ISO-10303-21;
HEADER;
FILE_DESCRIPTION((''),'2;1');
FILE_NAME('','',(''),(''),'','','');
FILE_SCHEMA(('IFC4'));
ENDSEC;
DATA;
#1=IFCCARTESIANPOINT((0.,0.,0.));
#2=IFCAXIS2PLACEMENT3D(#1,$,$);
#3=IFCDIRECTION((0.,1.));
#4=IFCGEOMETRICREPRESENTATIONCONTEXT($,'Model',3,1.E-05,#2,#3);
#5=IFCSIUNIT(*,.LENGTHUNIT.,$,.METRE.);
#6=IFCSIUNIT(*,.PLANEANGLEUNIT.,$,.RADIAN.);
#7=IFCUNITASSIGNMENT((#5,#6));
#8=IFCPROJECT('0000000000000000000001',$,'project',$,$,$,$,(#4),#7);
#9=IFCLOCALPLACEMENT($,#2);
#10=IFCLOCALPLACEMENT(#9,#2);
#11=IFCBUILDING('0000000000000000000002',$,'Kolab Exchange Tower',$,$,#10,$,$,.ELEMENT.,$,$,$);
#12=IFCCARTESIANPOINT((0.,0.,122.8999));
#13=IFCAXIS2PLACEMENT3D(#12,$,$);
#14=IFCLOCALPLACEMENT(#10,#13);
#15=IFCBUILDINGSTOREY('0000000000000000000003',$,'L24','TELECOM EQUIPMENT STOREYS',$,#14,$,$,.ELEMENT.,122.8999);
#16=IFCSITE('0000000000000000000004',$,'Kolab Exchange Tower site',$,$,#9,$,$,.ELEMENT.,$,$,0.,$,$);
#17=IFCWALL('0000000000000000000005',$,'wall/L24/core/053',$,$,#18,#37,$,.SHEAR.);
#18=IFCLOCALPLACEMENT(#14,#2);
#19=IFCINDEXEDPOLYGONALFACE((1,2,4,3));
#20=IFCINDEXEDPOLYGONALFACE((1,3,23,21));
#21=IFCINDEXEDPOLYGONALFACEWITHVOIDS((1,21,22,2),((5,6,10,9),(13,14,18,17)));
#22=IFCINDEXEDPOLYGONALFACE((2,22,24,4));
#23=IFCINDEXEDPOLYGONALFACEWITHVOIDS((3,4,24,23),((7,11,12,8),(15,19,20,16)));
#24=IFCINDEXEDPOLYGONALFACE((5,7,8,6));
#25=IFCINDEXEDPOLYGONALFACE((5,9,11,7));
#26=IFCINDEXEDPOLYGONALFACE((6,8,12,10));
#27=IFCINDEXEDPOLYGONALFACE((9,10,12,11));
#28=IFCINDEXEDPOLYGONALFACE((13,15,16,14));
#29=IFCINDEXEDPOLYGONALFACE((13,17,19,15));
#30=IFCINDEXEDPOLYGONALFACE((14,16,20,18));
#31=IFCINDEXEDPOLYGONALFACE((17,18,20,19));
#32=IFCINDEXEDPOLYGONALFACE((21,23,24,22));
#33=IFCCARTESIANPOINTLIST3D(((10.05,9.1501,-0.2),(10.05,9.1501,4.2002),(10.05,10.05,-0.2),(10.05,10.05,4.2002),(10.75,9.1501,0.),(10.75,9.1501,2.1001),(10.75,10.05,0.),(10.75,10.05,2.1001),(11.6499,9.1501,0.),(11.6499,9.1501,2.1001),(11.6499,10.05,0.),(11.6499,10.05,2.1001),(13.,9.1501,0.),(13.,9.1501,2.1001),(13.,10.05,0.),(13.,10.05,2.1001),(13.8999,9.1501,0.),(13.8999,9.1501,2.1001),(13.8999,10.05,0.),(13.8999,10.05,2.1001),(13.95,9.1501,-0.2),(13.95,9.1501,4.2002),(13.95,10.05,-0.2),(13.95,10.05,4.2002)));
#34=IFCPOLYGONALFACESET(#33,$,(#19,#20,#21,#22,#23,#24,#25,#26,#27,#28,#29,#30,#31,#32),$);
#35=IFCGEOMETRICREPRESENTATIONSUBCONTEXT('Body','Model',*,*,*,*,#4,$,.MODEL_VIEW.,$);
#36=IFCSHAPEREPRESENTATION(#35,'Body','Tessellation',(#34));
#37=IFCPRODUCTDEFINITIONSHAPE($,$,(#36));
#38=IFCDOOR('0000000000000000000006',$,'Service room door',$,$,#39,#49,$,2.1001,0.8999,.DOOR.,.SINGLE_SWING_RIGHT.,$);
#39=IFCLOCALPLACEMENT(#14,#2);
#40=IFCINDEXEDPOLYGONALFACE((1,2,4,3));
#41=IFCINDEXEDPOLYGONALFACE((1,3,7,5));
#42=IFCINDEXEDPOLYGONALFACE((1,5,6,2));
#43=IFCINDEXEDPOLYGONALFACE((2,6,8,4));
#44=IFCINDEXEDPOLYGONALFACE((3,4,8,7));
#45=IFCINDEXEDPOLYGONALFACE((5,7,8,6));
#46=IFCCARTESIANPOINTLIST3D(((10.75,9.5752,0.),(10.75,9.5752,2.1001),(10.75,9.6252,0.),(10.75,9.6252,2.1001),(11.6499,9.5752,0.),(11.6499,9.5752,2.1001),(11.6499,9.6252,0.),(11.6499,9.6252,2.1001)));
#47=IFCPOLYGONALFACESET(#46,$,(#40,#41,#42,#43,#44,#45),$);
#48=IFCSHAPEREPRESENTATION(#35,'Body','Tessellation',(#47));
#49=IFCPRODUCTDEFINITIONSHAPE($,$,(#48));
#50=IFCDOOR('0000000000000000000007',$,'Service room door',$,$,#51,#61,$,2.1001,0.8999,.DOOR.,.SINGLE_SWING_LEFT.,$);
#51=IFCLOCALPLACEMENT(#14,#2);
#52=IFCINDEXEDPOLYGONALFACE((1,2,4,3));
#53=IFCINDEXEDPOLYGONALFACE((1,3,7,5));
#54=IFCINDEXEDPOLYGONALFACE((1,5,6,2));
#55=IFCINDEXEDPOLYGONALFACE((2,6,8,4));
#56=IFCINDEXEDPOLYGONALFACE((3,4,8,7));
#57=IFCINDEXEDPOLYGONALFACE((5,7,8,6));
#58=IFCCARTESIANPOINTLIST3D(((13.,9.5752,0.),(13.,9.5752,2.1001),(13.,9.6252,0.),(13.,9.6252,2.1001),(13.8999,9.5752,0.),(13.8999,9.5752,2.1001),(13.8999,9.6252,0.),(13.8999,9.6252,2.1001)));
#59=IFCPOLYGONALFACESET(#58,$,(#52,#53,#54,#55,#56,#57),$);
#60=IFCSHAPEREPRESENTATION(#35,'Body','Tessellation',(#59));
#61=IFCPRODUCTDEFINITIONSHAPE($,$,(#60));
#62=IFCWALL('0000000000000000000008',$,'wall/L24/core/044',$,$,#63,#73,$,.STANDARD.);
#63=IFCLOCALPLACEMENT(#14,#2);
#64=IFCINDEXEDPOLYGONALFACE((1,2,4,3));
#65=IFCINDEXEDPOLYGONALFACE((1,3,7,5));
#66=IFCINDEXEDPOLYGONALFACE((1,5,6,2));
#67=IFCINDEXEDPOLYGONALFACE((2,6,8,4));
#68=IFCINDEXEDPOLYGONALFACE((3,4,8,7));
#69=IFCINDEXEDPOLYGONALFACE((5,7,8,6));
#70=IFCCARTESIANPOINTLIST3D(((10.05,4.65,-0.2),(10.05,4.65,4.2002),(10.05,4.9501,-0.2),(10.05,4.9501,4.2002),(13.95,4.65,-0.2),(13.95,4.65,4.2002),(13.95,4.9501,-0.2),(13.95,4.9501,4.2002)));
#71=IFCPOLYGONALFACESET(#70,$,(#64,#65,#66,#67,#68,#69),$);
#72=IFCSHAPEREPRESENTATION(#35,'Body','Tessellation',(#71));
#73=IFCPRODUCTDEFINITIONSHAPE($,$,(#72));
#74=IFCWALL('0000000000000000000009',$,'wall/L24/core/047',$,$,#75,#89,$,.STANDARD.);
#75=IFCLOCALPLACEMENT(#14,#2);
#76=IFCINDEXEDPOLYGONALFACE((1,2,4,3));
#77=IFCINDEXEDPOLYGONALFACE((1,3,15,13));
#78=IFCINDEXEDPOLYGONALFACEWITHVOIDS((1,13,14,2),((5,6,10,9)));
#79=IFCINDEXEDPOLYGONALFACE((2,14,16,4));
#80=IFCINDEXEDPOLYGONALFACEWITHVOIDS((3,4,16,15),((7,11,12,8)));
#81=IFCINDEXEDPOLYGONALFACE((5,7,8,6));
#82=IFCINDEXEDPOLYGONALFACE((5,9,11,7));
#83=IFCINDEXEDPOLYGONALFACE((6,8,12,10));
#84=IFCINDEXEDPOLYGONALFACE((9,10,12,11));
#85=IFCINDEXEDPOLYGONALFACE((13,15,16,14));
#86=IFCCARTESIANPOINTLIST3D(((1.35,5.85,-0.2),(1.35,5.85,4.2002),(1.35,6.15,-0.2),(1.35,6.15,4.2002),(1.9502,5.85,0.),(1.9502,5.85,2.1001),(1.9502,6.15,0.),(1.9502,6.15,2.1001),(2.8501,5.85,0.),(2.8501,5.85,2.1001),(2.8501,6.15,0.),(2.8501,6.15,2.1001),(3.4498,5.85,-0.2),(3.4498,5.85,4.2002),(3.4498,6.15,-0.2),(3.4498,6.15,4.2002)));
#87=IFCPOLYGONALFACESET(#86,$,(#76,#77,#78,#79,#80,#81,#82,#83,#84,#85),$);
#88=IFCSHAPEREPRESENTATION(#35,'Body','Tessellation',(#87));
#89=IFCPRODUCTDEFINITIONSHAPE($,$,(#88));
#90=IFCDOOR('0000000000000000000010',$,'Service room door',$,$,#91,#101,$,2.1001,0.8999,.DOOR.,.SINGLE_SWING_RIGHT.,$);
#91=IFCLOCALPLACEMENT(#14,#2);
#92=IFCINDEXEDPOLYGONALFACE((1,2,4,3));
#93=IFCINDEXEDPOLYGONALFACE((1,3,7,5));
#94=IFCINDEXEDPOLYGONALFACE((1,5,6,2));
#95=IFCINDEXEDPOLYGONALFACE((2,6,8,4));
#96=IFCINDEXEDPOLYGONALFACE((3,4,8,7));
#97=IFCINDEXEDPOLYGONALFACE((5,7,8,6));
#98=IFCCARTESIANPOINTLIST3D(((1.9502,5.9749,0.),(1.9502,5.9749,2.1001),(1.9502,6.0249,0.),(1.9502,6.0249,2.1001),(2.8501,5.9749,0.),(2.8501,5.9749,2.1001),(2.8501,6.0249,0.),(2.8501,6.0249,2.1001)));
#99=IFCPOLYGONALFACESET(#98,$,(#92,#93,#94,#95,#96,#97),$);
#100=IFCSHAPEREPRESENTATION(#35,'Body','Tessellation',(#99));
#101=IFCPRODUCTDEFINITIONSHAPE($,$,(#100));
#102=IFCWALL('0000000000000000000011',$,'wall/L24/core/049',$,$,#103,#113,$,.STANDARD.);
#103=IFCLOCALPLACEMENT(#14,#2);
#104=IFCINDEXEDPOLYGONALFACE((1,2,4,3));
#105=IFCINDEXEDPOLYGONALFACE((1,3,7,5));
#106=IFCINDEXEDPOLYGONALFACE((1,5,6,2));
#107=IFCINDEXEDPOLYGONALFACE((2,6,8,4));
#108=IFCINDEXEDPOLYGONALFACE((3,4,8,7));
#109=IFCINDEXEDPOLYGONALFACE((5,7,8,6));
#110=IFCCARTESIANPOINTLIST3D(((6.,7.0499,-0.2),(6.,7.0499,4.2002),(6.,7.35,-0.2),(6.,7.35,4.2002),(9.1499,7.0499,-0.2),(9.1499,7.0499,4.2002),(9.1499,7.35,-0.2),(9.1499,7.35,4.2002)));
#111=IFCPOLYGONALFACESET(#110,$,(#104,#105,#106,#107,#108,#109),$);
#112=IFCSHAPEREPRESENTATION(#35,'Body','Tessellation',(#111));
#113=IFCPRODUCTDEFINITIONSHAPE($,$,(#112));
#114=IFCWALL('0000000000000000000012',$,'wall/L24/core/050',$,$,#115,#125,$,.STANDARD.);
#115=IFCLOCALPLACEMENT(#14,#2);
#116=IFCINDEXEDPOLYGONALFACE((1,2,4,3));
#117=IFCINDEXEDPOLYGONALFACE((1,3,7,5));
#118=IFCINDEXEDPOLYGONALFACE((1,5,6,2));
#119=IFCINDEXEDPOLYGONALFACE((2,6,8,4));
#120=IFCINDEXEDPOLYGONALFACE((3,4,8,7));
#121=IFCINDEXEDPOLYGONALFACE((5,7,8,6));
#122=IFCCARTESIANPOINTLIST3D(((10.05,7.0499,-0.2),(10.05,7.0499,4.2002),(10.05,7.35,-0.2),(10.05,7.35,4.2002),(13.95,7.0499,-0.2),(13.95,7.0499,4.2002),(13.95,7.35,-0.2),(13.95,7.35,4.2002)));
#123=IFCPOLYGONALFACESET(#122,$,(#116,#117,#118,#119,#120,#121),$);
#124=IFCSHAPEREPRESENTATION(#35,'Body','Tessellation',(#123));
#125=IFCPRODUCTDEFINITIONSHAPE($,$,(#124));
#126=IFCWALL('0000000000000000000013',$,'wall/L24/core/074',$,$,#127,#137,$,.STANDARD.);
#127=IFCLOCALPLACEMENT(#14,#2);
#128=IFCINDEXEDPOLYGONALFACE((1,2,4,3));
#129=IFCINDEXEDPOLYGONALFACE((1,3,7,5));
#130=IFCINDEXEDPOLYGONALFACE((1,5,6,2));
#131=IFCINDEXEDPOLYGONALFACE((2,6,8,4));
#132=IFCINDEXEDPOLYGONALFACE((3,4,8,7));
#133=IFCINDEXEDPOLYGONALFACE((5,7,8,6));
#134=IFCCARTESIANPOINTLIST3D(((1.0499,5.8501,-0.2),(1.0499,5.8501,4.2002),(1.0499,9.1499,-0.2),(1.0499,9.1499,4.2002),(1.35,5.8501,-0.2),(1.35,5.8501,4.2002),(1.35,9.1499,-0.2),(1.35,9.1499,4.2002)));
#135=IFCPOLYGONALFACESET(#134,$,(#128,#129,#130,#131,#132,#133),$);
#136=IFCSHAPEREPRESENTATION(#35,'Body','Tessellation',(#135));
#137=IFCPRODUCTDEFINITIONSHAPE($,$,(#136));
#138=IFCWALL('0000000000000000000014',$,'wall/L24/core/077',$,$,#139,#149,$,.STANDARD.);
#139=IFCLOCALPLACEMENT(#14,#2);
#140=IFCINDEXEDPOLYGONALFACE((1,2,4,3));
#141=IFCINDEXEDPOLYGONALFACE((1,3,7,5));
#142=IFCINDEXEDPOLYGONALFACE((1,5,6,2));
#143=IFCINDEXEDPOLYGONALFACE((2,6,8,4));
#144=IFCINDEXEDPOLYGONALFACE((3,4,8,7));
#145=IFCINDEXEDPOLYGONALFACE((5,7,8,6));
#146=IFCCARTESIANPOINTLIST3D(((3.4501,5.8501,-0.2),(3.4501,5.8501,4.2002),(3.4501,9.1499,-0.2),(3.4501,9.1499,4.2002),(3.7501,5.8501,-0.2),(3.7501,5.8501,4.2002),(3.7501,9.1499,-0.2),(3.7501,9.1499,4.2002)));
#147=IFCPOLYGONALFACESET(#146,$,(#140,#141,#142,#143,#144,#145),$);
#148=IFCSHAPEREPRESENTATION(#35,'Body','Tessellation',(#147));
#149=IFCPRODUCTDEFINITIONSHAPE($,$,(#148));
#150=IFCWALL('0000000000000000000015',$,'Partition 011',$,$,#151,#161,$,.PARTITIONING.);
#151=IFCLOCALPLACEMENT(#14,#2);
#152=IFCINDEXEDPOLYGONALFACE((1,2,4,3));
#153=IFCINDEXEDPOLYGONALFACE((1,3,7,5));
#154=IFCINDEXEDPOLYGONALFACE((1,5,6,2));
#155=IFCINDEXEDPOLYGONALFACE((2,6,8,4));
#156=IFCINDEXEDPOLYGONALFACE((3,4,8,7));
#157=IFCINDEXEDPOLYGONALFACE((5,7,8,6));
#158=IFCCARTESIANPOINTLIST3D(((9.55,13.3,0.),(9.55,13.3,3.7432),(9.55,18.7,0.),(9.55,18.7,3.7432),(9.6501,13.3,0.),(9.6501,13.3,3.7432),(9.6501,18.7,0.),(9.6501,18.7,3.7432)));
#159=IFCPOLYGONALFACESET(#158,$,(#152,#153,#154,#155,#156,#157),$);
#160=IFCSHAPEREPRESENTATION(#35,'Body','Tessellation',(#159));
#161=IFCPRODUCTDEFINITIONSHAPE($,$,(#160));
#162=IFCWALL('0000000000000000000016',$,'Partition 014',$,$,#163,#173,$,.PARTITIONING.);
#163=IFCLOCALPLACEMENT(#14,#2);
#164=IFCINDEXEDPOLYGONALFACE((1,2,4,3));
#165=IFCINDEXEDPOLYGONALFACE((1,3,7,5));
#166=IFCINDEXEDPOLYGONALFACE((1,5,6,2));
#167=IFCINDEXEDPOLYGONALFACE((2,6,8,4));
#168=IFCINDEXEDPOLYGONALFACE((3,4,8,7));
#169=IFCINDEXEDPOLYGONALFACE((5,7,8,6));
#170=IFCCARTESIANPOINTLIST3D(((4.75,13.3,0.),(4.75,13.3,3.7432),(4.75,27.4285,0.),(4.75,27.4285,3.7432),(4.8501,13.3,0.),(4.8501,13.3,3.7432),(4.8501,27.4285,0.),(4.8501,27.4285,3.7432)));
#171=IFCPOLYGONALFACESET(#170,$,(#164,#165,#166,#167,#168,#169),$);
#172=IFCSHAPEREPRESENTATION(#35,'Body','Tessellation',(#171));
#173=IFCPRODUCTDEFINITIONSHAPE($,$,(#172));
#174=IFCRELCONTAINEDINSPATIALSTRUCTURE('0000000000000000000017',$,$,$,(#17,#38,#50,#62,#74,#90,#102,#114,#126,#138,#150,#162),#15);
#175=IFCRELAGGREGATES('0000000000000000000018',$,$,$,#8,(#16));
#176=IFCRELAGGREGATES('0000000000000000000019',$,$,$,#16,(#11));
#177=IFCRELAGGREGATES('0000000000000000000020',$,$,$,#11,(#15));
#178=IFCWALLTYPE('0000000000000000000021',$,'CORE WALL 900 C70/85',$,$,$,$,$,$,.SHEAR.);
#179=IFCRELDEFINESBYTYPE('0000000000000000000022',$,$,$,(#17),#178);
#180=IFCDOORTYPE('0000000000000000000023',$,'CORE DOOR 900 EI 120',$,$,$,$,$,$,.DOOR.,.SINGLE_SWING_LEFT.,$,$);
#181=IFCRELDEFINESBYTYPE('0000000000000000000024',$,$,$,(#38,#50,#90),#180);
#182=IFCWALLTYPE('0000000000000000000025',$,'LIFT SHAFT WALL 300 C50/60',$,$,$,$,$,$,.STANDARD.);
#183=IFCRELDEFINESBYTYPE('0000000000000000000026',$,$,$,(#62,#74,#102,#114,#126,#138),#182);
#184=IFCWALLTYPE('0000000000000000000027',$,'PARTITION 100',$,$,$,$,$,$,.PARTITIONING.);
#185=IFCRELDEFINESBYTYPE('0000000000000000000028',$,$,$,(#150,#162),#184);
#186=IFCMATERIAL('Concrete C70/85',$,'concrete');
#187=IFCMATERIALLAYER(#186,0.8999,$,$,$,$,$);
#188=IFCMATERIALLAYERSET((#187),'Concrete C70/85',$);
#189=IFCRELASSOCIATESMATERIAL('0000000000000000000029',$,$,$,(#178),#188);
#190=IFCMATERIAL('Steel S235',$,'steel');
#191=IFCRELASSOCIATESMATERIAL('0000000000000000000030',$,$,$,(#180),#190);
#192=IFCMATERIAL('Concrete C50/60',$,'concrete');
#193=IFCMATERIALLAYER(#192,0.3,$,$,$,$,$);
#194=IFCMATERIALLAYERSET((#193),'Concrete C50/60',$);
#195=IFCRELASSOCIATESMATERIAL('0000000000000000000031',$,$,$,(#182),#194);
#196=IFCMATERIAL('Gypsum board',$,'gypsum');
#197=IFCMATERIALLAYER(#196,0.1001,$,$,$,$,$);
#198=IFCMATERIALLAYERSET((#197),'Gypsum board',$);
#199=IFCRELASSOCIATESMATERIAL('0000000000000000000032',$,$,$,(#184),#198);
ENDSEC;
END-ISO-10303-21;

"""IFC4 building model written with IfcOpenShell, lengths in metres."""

from ifc_helpers import new_model, si_unit, direction, frame, frame_2d, origin, place, context, subcontext, project, spatial, rectangle, extrude, material, layer, layer_set, type_object, element, fill, save


model = new_model("IFC4")

# Units and contexts
model_context = context("Model", 3, precision=1e-05, world=origin(), true_north=direction((0.0, 1.0)))
body_context = subcontext(model_context, "Body", "Model", "MODEL_VIEW")
ifc_project = project(units=[si_unit("LENGTHUNIT", "METRE"), si_unit("PLANEANGLEUNIT", "RADIAN")], contexts=[model_context])

# Site, building, storey
site_placement = place(None, origin())
site = spatial("IfcSite", under=ifc_project, at=site_placement, Name="Kolab Exchange Tower site", CompositionType="ELEMENT", RefElevation=0.0)
building_placement = place(site_placement, origin())
building = spatial("IfcBuilding", under=site, at=building_placement, Name="Kolab Exchange Tower", CompositionType="ELEMENT")
storey_placement = place(building_placement, frame((0.0, 0.0, 122.8999)))
storey = spatial("IfcBuildingStorey", under=building, at=storey_placement, Name="L24", Description="TELECOM EQUIPMENT STOREYS", CompositionType="ELEMENT", Elevation=122.8999)

# Shared definitions
ifc_material_1 = material(Name="Concrete C70/85", Category="concrete")

# Wall, openings, doors
ifc_layer_1 = layer(ifc_material_1, 0.8999)
ifc_layer_set_1 = layer_set([ifc_layer_1], Name="Concrete C70/85")
wall_type_1 = type_object("IfcWallType", Name="CORE WALL 900 C70/85", PredefinedType="SHEAR", material=ifc_layer_set_1)
wall_1_placement = place(storey_placement, frame((10.05, 9.6001, -0.2), z_axis=(0.0, 0.0, 1.0), x_axis=(1.0, 0.0, 0.0)))
wall_1 = element("IfcWall", 1, at=wall_1_placement, inside=storey, type_object=wall_type_1, Name="wall/L24/core/053", PredefinedType="SHEAR", context=body_context, shape_type="SweptSolid", body=[
    extrude(rectangle(XDim=3.8999, YDim=0.8999, at=frame_2d((1.95, 0.0))), origin(), (0.0, 0.0, 1.0), 4.4001),
])
opening_1_placement = place(wall_1_placement, frame((0.7, 0.0, 0.2)))
opening_1 = element("IfcOpeningElement", 2, at=opening_1_placement, cuts=wall_1, PredefinedType="OPENING", context=body_context, shape_type="SweptSolid", body=[
    extrude(rectangle(XDim=0.8999, YDim=2.1001, at=frame_2d((0.45, 1.05))), frame((0.0, 0.46, 0.0), z_axis=(0.0, -1.0, 0.0), x_axis=(1.0, 0.0, 0.0)), (0.0, 0.0, 1.0), 0.9199),
])
opening_2_placement = place(wall_1_placement, frame((2.95, 0.0, 0.2)))
opening_2 = element("IfcOpeningElement", 3, at=opening_2_placement, cuts=wall_1, PredefinedType="OPENING", context=body_context, shape_type="SweptSolid", body=[
    extrude(rectangle(XDim=0.8999, YDim=2.1001, at=frame_2d((0.45, 1.05))), frame((0.0, 0.46, 0.0), z_axis=(0.0, -1.0, 0.0), x_axis=(1.0, 0.0, 0.0)), (0.0, 0.0, 1.0), 0.9199),
])
ifc_material_2 = material(Name="Steel S235", Category="steel")
door_type_1 = type_object("IfcDoorType", Name="CORE DOOR 900 EI 120", OperationType="SINGLE_SWING_LEFT", PredefinedType="DOOR", material=ifc_material_2)
door_1_placement = place(opening_1_placement, frame((0.8999, 0.0, 0.0), z_axis=(0.0, 0.0, 1.0), x_axis=(-1.0, 0.0, 0.0)))
door_1 = element("IfcDoor", 4, at=door_1_placement, inside=storey, type_object=door_type_1, Name="Service room door", OperationType="SINGLE_SWING_RIGHT", OverallHeight=2.1001, OverallWidth=0.8999, PredefinedType="DOOR", context=body_context, shape_type="SweptSolid", body=[
    extrude(rectangle(XDim=0.8999, YDim=2.1001, at=frame_2d((0.45, 1.05))), frame((0.0, 0.0249, 0.0), z_axis=(0.0, -1.0, 0.0), x_axis=(1.0, 0.0, 0.0)), (0.0, 0.0, 1.0), 0.05),
])
fill(opening_1, door_1)
door_2_placement = place(opening_2_placement, frame((0.8999, 0.0, 0.0), z_axis=(0.0, 0.0, 1.0), x_axis=(-1.0, 0.0, 0.0)))
door_2 = element("IfcDoor", 5, at=door_2_placement, inside=storey, type_object=door_type_1, Name="Service room door", OperationType="SINGLE_SWING_LEFT", OverallHeight=2.1001, OverallWidth=0.8999, PredefinedType="DOOR", context=body_context, shape_type="SweptSolid", body=[
    extrude(rectangle(XDim=0.8999, YDim=2.1001, at=frame_2d((0.45, 1.05))), frame((0.0, 0.0249, 0.0), z_axis=(0.0, -1.0, 0.0), x_axis=(1.0, 0.0, 0.0)), (0.0, 0.0, 1.0), 0.05),
])
fill(opening_2, door_2)

# Wall
ifc_material_3 = material(Name="Concrete C50/60", Category="concrete")
ifc_layer_2 = layer(ifc_material_3, 0.3)
ifc_layer_set_2 = layer_set([ifc_layer_2], Name="Concrete C50/60")
wall_type_2 = type_object("IfcWallType", Name="LIFT SHAFT WALL 300 C50/60", PredefinedType="STANDARD", material=ifc_layer_set_2)
wall_2_placement = place(storey_placement, frame((10.05, 4.8, -0.2), z_axis=(0.0, 0.0, 1.0), x_axis=(1.0, 0.0, 0.0)))
element("IfcWall", 6, at=wall_2_placement, inside=storey, type_object=wall_type_2, Name="wall/L24/core/044", PredefinedType="STANDARD", context=body_context, shape_type="SweptSolid", body=[
    extrude(rectangle(XDim=3.8999, YDim=0.3, at=frame_2d((1.95, 0.0))), origin(), (0.0, 0.0, 1.0), 4.4001),
])

# Wall, opening, door
wall_3_placement = place(storey_placement, frame((1.3501, 6.0, -0.2), z_axis=(0.0, 0.0, 1.0), x_axis=(1.0, 0.0, 0.0)))
wall_3 = element("IfcWall", 7, at=wall_3_placement, inside=storey, type_object=wall_type_2, Name="wall/L24/core/047", PredefinedType="STANDARD", context=body_context, shape_type="SweptSolid", body=[
    extrude(rectangle(XDim=2.0999, YDim=0.3, at=frame_2d((1.0498, 0.0))), origin(), (0.0, 0.0, 1.0), 4.4001),
])
opening_3_placement = place(wall_3_placement, frame((0.6001, 0.0, 0.2)))
opening_3 = element("IfcOpeningElement", 8, at=opening_3_placement, cuts=wall_3, PredefinedType="OPENING", context=body_context, shape_type="SweptSolid", body=[
    extrude(rectangle(XDim=0.8999, YDim=2.1001, at=frame_2d((0.45, 1.05))), frame((0.0, 0.1602, 0.0), z_axis=(0.0, -1.0, 0.0), x_axis=(1.0, 0.0, 0.0)), (0.0, 0.0, 1.0), 0.3201),
])
door_3_placement = place(opening_3_placement, origin())
door_3 = element("IfcDoor", 9, at=door_3_placement, inside=storey, type_object=door_type_1, Name="Service room door", OperationType="SINGLE_SWING_RIGHT", OverallHeight=2.1001, OverallWidth=0.8999, PredefinedType="DOOR", context=body_context, shape_type="SweptSolid", body=[
    extrude(rectangle(XDim=0.8999, YDim=2.1001, at=frame_2d((0.45, 1.05))), frame((0.0, 0.0249, 0.0), z_axis=(0.0, -1.0, 0.0), x_axis=(1.0, 0.0, 0.0)), (0.0, 0.0, 1.0), 0.05),
])
fill(opening_3, door_3)

# Walls
wall_4_placement = place(storey_placement, frame((6.0, 7.2, -0.2), z_axis=(0.0, 0.0, 1.0), x_axis=(1.0, 0.0, 0.0)))
element("IfcWall", 10, at=wall_4_placement, inside=storey, type_object=wall_type_2, Name="wall/L24/core/049", PredefinedType="STANDARD", context=body_context, shape_type="SweptSolid", body=[
    extrude(rectangle(XDim=3.1499, YDim=0.3, at=frame_2d((1.575, 0.0))), origin(), (0.0, 0.0, 1.0), 4.4001),
])
wall_5_placement = place(storey_placement, frame((10.05, 7.2, -0.2), z_axis=(0.0, 0.0, 1.0), x_axis=(1.0, 0.0, 0.0)))
element("IfcWall", 11, at=wall_5_placement, inside=storey, type_object=wall_type_2, Name="wall/L24/core/050", PredefinedType="STANDARD", context=body_context, shape_type="SweptSolid", body=[
    extrude(rectangle(XDim=3.8999, YDim=0.3, at=frame_2d((1.95, 0.0))), origin(), (0.0, 0.0, 1.0), 4.4001),
])
for number, where, z_axis, x_axis, name in (
    (12, (1.2, 5.8501, -0.2), (0.0, 0.0, 1.0), (0.0, 1.0, 0.0), "wall/L24/core/074"),
    (13, (3.6001, 5.8501, -0.2), (0.0, 0.0, 1.0), (0.0, 1.0, 0.0), "wall/L24/core/077"),
):
    element("IfcWall", number, at=place(storey_placement, frame(where, z_axis=z_axis, x_axis=x_axis)), inside=storey, type_object=wall_type_2, Name=name, PredefinedType="STANDARD", context=body_context, shape_type="SweptSolid", body=[
        extrude(rectangle(XDim=3.2998, YDim=0.3, at=frame_2d((1.6499, 0.0))), origin(), (0.0, 0.0, 1.0), 4.4001),
    ])
ifc_material_4 = material(Name="Gypsum board", Category="gypsum")
ifc_layer_3 = layer(ifc_material_4, 0.1001)
ifc_layer_set_3 = layer_set([ifc_layer_3], Name="Gypsum board")
wall_type_3 = type_object("IfcWallType", Name="PARTITION 100", PredefinedType="PARTITIONING", material=ifc_layer_set_3)
wall_6_placement = place(storey_placement, frame((9.6001, 13.3, 0.0), z_axis=(0.0, 0.0, 1.0), x_axis=(0.0, 1.0, 0.0)))
element("IfcWall", 14, at=wall_6_placement, inside=storey, type_object=wall_type_3, Name="Partition 011", PredefinedType="PARTITIONING", context=body_context, shape_type="SweptSolid", body=[
    extrude(rectangle(XDim=5.3999, YDim=0.1001, at=frame_2d((2.7, 0.0))), origin(), (0.0, 0.0, 1.0), 3.7432),
])
wall_7_placement = place(storey_placement, frame((4.8, 13.3, 0.0), z_axis=(0.0, 0.0, 1.0), x_axis=(0.0, 1.0, 0.0)))
element("IfcWall", 15, at=wall_7_placement, inside=storey, type_object=wall_type_3, Name="Partition 014", PredefinedType="PARTITIONING", context=body_context, shape_type="SweptSolid", body=[
    extrude(rectangle(XDim=14.1284, YDim=0.1001, at=frame_2d((7.0642, 0.0))), origin(), (0.0, 0.0, 1.0), 3.7432),
])

save(model, "model.ifc")
